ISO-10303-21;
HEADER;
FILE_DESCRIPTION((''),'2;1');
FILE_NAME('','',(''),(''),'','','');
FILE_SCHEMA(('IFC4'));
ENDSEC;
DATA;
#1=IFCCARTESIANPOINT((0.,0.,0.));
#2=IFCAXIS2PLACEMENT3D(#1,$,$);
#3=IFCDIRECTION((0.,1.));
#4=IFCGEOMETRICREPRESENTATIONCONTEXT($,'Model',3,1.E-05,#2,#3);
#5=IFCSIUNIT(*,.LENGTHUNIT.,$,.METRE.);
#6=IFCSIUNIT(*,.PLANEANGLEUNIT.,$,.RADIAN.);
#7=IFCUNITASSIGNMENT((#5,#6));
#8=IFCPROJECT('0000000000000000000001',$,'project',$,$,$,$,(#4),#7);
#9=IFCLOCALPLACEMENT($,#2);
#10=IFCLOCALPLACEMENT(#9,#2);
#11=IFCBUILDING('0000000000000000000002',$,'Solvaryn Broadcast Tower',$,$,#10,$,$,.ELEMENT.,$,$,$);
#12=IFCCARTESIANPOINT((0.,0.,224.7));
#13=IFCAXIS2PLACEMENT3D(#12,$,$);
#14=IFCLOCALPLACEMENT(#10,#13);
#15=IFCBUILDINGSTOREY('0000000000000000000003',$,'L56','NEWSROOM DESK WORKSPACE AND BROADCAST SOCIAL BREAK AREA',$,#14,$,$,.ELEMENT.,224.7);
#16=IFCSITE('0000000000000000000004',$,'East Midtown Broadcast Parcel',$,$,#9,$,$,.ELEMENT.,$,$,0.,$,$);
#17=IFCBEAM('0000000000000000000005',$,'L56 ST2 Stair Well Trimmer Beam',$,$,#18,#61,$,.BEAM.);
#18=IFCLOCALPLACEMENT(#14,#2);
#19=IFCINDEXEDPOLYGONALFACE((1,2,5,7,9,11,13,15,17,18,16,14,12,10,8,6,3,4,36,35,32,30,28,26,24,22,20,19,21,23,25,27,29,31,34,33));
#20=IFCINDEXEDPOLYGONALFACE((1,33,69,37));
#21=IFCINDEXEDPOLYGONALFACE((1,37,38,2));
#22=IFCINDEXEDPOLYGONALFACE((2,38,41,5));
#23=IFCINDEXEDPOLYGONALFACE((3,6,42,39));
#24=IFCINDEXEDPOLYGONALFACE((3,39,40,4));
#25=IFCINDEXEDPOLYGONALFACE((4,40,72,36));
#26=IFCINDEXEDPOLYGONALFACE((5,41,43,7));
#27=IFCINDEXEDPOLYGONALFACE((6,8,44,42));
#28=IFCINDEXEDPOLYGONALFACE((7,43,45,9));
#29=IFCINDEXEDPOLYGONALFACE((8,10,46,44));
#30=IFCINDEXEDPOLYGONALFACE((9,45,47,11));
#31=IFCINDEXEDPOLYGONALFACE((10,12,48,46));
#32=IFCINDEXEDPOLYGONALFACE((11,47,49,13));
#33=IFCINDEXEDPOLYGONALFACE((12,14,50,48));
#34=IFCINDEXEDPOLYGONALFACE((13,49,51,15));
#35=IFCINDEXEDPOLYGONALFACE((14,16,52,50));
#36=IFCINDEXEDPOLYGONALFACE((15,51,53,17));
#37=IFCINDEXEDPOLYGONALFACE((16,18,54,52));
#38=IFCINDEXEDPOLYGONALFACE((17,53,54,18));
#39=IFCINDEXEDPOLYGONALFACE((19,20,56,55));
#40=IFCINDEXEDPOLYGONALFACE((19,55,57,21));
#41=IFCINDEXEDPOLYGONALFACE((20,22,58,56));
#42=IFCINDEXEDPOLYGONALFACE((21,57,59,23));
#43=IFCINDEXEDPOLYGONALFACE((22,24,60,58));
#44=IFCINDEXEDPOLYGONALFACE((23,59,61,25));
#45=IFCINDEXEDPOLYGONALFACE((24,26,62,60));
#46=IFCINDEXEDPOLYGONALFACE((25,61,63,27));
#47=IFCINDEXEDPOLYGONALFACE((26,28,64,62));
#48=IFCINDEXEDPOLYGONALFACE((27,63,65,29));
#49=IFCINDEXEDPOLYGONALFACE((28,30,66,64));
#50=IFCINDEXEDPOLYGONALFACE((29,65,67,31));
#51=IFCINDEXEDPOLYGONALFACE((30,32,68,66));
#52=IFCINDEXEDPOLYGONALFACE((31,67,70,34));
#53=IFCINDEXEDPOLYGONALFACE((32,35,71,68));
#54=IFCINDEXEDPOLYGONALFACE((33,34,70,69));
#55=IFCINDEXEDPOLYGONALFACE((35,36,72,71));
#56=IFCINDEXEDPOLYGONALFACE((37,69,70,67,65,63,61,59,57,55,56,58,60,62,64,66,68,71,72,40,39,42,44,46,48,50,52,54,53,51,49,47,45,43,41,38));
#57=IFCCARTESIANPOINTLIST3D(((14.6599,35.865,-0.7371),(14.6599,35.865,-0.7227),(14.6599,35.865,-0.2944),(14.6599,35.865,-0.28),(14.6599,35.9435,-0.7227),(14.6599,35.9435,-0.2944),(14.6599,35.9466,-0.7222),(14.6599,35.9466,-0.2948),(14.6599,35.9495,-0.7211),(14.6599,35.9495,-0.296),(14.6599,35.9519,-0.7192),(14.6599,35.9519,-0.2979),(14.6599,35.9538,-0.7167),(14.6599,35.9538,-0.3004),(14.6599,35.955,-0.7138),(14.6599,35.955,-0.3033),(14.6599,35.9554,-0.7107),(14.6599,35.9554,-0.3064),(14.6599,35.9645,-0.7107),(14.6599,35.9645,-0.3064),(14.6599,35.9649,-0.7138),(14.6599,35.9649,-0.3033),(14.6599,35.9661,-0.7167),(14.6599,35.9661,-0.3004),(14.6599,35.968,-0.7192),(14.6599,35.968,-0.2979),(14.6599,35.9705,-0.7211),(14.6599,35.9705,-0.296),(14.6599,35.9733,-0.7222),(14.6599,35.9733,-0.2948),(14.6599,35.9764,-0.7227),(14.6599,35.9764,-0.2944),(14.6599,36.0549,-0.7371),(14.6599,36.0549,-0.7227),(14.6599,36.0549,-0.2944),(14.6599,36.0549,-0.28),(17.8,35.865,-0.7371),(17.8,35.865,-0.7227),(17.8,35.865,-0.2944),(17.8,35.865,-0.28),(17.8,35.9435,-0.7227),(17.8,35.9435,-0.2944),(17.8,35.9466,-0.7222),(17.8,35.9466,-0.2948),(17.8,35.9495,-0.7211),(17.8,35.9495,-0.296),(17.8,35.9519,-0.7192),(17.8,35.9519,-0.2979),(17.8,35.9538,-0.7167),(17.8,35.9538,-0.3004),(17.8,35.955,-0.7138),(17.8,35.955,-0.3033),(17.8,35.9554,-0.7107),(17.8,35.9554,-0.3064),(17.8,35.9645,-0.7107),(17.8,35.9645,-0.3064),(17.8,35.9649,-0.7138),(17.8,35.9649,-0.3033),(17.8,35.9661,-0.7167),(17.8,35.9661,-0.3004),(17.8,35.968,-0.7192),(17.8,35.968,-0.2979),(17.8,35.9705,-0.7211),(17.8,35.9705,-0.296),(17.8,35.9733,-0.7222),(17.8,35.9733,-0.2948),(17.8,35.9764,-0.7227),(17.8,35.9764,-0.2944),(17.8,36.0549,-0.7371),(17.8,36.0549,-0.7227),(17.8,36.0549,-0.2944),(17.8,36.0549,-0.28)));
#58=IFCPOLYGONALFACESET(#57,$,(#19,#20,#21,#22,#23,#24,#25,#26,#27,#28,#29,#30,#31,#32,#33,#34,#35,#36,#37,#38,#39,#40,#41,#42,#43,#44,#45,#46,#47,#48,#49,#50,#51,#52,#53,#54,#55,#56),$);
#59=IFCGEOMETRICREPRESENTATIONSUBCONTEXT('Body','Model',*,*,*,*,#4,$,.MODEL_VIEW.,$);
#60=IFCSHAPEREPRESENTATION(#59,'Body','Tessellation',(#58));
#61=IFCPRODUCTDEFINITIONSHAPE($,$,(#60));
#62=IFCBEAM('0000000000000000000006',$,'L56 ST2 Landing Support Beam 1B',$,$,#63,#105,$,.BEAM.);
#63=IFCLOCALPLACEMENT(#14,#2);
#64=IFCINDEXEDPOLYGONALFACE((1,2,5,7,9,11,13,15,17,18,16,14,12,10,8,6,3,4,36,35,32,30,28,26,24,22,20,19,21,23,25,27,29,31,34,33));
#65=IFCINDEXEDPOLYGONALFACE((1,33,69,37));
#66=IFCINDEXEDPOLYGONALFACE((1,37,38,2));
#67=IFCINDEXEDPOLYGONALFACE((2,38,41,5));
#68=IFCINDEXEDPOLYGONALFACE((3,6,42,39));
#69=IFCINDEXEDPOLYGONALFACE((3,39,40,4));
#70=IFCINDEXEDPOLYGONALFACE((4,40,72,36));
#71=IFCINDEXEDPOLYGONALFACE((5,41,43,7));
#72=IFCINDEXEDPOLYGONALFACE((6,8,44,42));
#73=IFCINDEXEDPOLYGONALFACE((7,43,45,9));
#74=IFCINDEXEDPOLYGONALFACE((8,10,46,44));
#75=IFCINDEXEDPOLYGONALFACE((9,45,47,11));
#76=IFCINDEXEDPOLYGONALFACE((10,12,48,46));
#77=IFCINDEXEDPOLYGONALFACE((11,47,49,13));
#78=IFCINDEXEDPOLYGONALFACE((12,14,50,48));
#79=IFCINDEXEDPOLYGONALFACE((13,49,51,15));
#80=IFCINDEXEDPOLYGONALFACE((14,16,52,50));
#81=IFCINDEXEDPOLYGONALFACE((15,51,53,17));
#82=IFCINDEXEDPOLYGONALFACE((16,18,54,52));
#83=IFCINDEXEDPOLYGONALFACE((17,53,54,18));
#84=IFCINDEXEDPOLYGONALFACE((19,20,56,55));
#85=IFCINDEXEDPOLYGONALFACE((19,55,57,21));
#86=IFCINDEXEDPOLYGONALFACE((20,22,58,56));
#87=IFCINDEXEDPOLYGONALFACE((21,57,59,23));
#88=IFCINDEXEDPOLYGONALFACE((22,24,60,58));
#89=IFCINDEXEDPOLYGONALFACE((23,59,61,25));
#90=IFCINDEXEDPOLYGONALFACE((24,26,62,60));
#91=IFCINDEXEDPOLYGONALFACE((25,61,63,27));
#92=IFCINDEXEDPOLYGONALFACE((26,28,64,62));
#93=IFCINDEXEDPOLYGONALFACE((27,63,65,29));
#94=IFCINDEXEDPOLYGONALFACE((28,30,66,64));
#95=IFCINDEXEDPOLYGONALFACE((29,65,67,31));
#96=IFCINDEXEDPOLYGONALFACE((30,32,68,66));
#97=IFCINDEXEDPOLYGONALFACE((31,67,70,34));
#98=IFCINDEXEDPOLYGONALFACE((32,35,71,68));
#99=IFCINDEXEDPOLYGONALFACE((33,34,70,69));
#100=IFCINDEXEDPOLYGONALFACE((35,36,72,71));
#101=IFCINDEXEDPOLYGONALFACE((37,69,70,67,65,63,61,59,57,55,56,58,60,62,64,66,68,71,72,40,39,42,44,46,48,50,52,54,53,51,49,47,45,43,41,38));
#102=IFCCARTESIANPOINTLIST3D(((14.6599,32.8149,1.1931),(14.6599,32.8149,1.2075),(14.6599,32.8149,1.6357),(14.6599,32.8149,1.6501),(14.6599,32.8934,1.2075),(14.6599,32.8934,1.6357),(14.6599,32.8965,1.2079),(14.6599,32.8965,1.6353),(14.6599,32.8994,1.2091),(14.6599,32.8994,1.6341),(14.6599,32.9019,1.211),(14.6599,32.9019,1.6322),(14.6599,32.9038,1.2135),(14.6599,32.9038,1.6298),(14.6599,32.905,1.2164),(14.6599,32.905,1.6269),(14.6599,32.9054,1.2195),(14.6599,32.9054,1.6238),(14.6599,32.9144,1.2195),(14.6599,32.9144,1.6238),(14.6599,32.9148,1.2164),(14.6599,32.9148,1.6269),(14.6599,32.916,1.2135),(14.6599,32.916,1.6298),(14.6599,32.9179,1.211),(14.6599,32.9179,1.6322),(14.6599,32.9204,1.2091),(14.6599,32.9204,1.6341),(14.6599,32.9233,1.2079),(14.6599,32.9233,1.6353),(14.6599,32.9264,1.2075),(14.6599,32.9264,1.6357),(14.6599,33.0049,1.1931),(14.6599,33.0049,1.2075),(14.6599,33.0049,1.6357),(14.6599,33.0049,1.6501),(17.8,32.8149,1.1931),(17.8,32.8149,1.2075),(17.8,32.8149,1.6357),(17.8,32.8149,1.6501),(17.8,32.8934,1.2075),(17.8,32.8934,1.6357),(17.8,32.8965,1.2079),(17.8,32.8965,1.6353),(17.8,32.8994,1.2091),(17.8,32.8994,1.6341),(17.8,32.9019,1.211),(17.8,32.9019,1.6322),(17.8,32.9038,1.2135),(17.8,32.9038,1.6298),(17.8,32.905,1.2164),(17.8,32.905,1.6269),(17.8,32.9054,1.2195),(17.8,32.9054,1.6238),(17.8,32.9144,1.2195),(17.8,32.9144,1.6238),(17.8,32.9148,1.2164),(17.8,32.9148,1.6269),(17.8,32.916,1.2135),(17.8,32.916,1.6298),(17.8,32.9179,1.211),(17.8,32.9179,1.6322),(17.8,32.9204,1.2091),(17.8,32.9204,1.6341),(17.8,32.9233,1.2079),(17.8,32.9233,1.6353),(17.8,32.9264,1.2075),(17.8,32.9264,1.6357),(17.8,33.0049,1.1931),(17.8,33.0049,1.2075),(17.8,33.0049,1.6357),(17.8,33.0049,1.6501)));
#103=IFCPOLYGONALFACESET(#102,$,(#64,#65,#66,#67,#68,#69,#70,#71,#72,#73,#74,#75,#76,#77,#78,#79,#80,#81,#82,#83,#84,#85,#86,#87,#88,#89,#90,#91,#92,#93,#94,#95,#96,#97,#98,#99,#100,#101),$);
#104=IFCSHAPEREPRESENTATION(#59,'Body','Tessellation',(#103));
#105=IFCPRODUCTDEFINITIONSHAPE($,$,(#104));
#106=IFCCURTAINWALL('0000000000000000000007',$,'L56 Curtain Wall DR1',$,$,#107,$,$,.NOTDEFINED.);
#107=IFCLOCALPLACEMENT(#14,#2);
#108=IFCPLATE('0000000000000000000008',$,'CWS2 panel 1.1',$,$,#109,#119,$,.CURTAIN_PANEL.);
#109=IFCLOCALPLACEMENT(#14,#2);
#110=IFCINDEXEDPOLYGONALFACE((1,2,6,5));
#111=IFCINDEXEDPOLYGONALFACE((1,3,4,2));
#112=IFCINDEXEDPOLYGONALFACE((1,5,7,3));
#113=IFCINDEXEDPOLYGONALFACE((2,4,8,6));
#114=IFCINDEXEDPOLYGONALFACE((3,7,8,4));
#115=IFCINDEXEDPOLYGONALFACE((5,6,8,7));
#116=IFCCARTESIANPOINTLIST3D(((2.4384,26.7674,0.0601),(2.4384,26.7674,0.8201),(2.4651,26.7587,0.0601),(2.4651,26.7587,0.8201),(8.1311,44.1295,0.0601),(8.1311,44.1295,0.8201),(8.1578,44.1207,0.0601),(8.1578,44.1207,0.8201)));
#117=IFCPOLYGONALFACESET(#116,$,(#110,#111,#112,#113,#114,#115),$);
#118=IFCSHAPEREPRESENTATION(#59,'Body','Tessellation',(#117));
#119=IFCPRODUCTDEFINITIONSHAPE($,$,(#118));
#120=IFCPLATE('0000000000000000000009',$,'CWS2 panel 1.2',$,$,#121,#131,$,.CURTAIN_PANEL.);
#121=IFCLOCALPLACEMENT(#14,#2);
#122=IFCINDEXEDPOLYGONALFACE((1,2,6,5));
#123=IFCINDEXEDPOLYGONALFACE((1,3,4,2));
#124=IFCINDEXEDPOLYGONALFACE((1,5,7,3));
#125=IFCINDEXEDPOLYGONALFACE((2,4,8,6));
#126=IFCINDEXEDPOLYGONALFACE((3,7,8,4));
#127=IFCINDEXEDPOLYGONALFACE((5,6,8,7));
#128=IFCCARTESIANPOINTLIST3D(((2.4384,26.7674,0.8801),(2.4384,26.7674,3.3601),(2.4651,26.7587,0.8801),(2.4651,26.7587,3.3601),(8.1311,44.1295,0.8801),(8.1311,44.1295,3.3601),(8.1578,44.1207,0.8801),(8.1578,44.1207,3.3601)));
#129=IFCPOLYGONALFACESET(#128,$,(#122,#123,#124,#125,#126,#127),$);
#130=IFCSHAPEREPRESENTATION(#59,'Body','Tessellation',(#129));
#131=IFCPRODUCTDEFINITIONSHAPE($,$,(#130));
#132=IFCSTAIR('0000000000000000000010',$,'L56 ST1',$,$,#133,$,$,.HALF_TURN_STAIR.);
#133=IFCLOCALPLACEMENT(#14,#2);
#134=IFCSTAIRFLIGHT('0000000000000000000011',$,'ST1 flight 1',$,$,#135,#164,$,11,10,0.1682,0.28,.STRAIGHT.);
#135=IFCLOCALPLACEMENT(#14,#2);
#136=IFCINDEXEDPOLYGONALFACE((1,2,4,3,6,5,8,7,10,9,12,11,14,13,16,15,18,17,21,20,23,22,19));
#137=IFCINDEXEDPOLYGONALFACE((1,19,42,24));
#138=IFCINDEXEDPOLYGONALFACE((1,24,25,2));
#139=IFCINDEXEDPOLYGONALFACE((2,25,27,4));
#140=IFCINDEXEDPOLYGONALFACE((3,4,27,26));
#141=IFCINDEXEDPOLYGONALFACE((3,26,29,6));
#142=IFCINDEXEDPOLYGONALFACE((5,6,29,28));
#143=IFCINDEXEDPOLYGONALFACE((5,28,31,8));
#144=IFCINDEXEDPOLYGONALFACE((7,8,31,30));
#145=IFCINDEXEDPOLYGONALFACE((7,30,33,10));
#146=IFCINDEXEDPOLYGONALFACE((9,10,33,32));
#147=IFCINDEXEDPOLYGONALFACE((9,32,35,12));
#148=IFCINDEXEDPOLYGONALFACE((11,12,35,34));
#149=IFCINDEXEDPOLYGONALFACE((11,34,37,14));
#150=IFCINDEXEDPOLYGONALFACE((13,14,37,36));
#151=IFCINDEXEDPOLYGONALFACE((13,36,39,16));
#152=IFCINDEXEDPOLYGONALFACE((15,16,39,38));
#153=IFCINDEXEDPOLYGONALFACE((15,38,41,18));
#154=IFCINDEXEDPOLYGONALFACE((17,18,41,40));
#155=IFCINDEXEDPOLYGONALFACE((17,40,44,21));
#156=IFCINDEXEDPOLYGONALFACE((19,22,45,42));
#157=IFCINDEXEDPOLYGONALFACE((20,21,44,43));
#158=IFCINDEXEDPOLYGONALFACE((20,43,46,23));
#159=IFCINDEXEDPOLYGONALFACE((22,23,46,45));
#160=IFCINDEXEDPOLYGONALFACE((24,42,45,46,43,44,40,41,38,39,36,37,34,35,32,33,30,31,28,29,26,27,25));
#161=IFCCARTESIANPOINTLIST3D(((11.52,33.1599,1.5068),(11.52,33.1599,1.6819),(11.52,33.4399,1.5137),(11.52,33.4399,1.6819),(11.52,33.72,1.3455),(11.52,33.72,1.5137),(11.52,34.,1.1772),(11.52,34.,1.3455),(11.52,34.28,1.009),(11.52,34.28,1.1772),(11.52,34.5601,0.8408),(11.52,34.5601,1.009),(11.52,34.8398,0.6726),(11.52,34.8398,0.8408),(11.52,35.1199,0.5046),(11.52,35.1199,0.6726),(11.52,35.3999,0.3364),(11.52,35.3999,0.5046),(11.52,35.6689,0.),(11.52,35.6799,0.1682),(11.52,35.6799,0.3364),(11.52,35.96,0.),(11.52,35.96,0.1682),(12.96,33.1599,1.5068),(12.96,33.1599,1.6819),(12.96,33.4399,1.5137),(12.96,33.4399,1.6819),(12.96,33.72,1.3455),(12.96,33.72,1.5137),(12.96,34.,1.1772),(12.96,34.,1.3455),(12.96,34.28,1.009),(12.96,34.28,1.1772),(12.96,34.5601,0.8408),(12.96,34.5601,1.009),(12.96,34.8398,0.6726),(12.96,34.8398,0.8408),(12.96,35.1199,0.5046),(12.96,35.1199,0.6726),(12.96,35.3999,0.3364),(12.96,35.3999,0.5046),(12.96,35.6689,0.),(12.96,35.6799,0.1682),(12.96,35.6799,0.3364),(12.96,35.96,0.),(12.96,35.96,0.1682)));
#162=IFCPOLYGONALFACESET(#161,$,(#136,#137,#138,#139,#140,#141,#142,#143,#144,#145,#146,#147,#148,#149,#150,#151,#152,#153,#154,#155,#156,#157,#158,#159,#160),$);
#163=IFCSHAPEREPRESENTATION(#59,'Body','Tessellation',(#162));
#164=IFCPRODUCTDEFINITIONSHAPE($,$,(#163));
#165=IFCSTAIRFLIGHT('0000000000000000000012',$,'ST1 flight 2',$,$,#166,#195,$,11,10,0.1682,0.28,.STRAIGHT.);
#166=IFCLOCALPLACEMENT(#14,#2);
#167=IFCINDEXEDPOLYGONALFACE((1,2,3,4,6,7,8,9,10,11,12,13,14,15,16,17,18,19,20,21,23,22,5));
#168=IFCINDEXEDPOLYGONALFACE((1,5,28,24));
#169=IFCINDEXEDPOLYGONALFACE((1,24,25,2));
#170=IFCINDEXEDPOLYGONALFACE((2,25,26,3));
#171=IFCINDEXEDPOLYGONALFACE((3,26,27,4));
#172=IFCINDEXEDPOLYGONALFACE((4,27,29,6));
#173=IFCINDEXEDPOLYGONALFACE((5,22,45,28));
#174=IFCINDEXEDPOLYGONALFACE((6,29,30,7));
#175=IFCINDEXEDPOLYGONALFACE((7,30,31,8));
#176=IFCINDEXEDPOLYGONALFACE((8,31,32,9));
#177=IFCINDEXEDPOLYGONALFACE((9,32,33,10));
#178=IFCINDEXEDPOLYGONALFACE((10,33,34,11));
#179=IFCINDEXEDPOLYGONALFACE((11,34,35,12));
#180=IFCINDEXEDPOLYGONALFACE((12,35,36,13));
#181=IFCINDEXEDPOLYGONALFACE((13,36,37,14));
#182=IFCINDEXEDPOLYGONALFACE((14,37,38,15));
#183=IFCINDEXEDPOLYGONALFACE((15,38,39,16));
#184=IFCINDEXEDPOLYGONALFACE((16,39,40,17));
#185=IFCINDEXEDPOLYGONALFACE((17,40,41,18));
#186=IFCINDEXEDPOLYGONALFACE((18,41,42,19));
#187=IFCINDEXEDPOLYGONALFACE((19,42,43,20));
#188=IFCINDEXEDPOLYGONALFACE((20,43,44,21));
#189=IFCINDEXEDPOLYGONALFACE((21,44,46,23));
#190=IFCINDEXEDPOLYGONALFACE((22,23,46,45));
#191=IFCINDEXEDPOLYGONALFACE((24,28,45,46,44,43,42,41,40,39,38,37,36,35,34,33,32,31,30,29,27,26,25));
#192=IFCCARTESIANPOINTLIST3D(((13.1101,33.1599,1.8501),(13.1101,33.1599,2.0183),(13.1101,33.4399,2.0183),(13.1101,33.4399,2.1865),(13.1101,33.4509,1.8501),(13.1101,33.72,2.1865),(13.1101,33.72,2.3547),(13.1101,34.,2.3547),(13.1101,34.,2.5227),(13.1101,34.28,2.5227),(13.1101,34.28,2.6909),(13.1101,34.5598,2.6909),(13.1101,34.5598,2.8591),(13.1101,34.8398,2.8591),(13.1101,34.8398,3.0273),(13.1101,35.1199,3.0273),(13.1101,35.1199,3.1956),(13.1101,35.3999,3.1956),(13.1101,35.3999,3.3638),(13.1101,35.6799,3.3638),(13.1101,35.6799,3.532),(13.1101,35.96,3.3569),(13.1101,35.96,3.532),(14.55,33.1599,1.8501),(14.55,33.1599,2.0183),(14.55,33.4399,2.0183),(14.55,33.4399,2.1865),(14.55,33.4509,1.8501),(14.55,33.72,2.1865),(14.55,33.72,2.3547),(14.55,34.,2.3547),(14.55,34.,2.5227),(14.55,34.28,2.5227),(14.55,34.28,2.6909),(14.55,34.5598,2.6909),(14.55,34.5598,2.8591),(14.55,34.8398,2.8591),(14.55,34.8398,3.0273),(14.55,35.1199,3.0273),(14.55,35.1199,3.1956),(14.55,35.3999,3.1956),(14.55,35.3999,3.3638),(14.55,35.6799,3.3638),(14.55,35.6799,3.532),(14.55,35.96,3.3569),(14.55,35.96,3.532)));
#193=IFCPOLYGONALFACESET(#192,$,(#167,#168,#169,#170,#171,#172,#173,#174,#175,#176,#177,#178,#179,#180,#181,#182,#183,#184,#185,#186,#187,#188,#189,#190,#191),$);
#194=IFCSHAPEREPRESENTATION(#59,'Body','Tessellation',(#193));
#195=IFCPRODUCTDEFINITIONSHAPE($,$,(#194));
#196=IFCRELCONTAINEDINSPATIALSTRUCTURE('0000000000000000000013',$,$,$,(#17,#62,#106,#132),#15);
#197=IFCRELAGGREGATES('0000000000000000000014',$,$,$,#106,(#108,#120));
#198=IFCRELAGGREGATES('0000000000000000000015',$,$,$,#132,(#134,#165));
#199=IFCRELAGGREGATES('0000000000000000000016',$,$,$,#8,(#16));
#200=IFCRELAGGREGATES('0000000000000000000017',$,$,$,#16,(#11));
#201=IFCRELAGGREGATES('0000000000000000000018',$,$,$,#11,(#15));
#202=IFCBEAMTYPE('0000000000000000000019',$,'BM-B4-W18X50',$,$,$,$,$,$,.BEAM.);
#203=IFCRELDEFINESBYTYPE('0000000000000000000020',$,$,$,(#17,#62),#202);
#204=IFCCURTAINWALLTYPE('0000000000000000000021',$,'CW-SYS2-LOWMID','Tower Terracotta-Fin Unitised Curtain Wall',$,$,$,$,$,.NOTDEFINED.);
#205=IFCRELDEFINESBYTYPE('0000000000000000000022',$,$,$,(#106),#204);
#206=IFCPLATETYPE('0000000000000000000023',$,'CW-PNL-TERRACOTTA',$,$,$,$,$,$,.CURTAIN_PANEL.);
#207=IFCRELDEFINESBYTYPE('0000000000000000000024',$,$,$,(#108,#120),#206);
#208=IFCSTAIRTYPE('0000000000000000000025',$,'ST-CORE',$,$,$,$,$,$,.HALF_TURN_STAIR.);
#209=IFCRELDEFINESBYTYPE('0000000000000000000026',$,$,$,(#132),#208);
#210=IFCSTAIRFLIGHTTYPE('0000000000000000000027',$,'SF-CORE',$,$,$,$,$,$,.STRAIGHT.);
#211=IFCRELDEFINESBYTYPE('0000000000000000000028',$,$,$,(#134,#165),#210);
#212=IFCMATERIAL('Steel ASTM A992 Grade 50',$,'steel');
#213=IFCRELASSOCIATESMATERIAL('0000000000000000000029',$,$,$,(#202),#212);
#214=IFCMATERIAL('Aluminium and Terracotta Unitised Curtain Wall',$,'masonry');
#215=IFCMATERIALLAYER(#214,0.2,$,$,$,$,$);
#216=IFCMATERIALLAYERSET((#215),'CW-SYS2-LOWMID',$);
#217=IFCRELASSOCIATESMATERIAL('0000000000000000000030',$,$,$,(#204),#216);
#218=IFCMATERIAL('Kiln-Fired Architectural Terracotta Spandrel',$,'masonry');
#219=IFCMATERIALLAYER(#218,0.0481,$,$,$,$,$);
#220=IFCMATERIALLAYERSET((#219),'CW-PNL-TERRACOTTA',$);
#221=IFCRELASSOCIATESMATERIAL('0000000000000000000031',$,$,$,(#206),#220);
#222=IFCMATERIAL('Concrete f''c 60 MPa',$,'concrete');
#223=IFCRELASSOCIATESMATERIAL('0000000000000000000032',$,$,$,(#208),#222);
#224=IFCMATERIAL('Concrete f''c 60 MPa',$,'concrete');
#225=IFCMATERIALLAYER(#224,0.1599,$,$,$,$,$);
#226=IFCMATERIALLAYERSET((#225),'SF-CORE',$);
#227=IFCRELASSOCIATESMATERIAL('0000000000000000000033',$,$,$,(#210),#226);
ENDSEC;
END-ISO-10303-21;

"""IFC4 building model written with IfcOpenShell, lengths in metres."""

from ifc_helpers import new_model, si_unit, direction, frame, origin, origin_2d, place, context, subcontext, project, spatial, polyline, rectangle, i_section, outline, extrude, material, layer, layer_set, material_profile, profile_set, type_object, element, aggregate, save


model = new_model("IFC4")

# Units and contexts
model_context = context("Model", 3, precision=1e-05, world=origin(), true_north=direction((0.0, 1.0)))
body_context = subcontext(model_context, "Body", "Model", "MODEL_VIEW")
ifc_project = project(units=[si_unit("LENGTHUNIT", "METRE"), si_unit("PLANEANGLEUNIT", "RADIAN")], contexts=[model_context])

# Site, building, storey
site_placement = place(None, origin())
site = spatial("IfcSite", under=ifc_project, at=site_placement, Name="East Midtown Broadcast Parcel", CompositionType="ELEMENT", RefElevation=0.0)
building_placement = place(site_placement, origin())
building = spatial("IfcBuilding", under=site, at=building_placement, Name="Solvaryn Broadcast Tower", CompositionType="ELEMENT")
storey_placement = place(building_placement, frame((0.0, 0.0, 224.7)))
storey = spatial("IfcBuildingStorey", under=building, at=storey_placement, Name="L56", Description="NEWSROOM DESK WORKSPACE AND BROADCAST SOCIAL BREAK AREA", CompositionType="ELEMENT", Elevation=224.7)

# Beams
ifc_material_1 = material(Name="Steel ASTM A992 Grade 50", Category="steel")
ifc_material_profile_1 = material_profile(ifc_material_1, i_section(OverallWidth=0.1899, OverallDepth=0.457, WebThickness=0.009, FlangeThickness=0.0144, FilletRadius=0.012, at=origin_2d()))
ifc_profile_set_1 = profile_set([ifc_material_profile_1], Name="Steel ASTM A992 Grade 50")
beam_type_1 = type_object("IfcBeamType", Name="BM-B4-W18X50", PredefinedType="BEAM", material=ifc_profile_set_1)
for number, where, z_axis, x_axis, name in (
    (1, (14.6599, 35.96, -0.5085), (1.0, 0.0, 0.0), (0.0, 1.0, 0.0), "L56 ST2 Stair Well Trimmer Beam"),
    (2, (14.6599, 32.9099, 1.4216), (1.0, 0.0, 0.0), (0.0, 1.0, 0.0), "L56 ST2 Landing Support Beam 1B"),
):
    element("IfcBeam", number, at=place(storey_placement, frame(where, z_axis=z_axis, x_axis=x_axis)), inside=storey, type_object=beam_type_1, Name=name, PredefinedType="BEAM", context=body_context, shape_type="SweptSolid", body=[
        extrude(i_section(OverallWidth=0.1899, OverallDepth=0.457, WebThickness=0.009, FlangeThickness=0.0144, FilletRadius=0.012, at=origin_2d()), origin(), (0.0, 0.0, 1.0), 3.1401),
    ])

# Curtain wall, plates
ifc_material_2 = material(Name="Aluminium and Terracotta Unitised Curtain Wall", Category="masonry")
ifc_layer_1 = layer(ifc_material_2, 0.2)
ifc_layer_set_1 = layer_set([ifc_layer_1], Name="CW-SYS2-LOWMID")
curtain_wall_type = type_object("IfcCurtainWallType", Name="CW-SYS2-LOWMID", Description="Tower Terracotta-Fin Unitised Curtain Wall", PredefinedType="NOTDEFINED", material=ifc_layer_set_1)
curtain_wall_placement = place(storey_placement, origin())
curtain_wall = element("IfcCurtainWall", 3, at=curtain_wall_placement, inside=storey, type_object=curtain_wall_type, Name="L56 Curtain Wall DR1", PredefinedType="NOTDEFINED")
ifc_material_3 = material(Name="Kiln-Fired Architectural Terracotta Spandrel", Category="masonry")
ifc_layer_2 = layer(ifc_material_3, 0.0481)
ifc_layer_set_2 = layer_set([ifc_layer_2], Name="CW-PNL-TERRACOTTA")
plate_type = type_object("IfcPlateType", Name="CW-PNL-TERRACOTTA", PredefinedType="CURTAIN_PANEL", material=ifc_layer_set_2)
plate_1_placement = place(storey_placement, frame((5.2981, 35.4441, 0.0601), z_axis=(0.0, 0.0, 1.0), x_axis=(-0.311559, -0.950227, 0.0)))
plate_1 = element("IfcPlate", 4, at=plate_1_placement, type_object=plate_type, Name="CWS2 panel 1.1", PredefinedType="CURTAIN_PANEL", context=body_context, shape_type="SweptSolid", body=[
    extrude(rectangle(XDim=18.2715, YDim=0.0281, at=origin_2d()), origin(), (0.0, 0.0, 1.0), 0.76),
])
plate_2_placement = place(storey_placement, frame((5.2981, 35.4441, 0.8801), z_axis=(0.0, 0.0, 1.0), x_axis=(-0.311559, -0.950227, 0.0)))
plate_2 = element("IfcPlate", 5, at=plate_2_placement, type_object=plate_type, Name="CWS2 panel 1.2", PredefinedType="CURTAIN_PANEL", context=body_context, shape_type="SweptSolid", body=[
    extrude(rectangle(XDim=18.2715, YDim=0.0281, at=origin_2d()), origin(), (0.0, 0.0, 1.0), 2.48),
])
aggregate(curtain_wall, [plate_1, plate_2])

# Stair, stair flights
ifc_material_4 = material(Name="Concrete f'c 60 MPa", Category="concrete")
stair_type = type_object("IfcStairType", Name="ST-CORE", PredefinedType="HALF_TURN_STAIR", material=ifc_material_4)
stair_1_placement = place(storey_placement, origin())
stair_1 = element("IfcStair", 6, at=stair_1_placement, inside=storey, type_object=stair_type, Name="L56 ST1", PredefinedType="HALF_TURN_STAIR")
ifc_material_5 = material(Name="Concrete f'c 60 MPa", Category="concrete")
ifc_layer_3 = layer(ifc_material_5, 0.1599)
ifc_layer_set_3 = layer_set([ifc_layer_3], Name="SF-CORE")
stair_flight_type = type_object("IfcStairFlightType", Name="SF-CORE", PredefinedType="STRAIGHT", material=ifc_layer_set_3)
stair_flight_1_placement = place(storey_placement, frame((12.24, 35.96, 0.0), z_axis=(0.0, 0.0, 1.0), x_axis=(0.0, -1.0, 0.0)))
stair_flight_1 = element("IfcStairFlight", 7, at=stair_flight_1_placement, type_object=stair_flight_type, Name="ST1 flight 1", NumberOfRisers=11, NumberOfTreads=10, PredefinedType="STRAIGHT", RiserHeight=0.1682, TreadLength=0.28, context=body_context, shape_type="SweptSolid", body=[
    extrude(outline(polyline([(0.0, 0.0), (0.0, 0.1682), (0.28, 0.1682), (0.28, 0.3364), (0.5601, 0.3364), (0.5601, 0.5046), (0.8401, 0.5046), (0.8401, 0.6726), (1.1201, 0.6726), (1.1201, 0.8408), (1.3999, 0.8408), (1.3999, 1.009), (1.6799, 1.009), (1.6799, 1.1772), (1.96, 1.1772), (1.96, 1.3455), (2.24, 1.3455), (2.24, 1.5137), (2.52, 1.5137), (2.52, 1.6819), (2.8, 1.6819), (2.8, 1.8501), (2.8, 1.5068), (0.291, 0.0), (0.0, 0.0)])), frame((0.0, 0.72, 0.0), z_axis=(0.0, -1.0, 0.0), x_axis=(1.0, 0.0, 0.0)), (0.0, 0.0, 1.0), 1.4399),
])
stair_flight_2_placement = place(storey_placement, frame((13.8301, 33.1599, 1.8501), z_axis=(0.0, 0.0, 1.0), x_axis=(0.0, 1.0, 0.0)))
stair_flight_2 = element("IfcStairFlight", 8, at=stair_flight_2_placement, type_object=stair_flight_type, Name="ST1 flight 2", NumberOfRisers=11, NumberOfTreads=10, PredefinedType="STRAIGHT", RiserHeight=0.1682, TreadLength=0.28, context=body_context, shape_type="SweptSolid", body=[
    extrude(outline(polyline([(0.0, 0.0), (0.0, 0.1682), (0.28, 0.1682), (0.28, 0.3364), (0.5601, 0.3364), (0.5601, 0.5046), (0.8401, 0.5046), (0.8401, 0.6726), (1.1201, 0.6726), (1.1201, 0.8408), (1.3999, 0.8408), (1.3999, 1.009), (1.6799, 1.009), (1.6799, 1.1772), (1.96, 1.1772), (1.96, 1.3455), (2.24, 1.3455), (2.24, 1.5137), (2.52, 1.5137), (2.52, 1.6819), (2.8, 1.6819), (2.8, 1.8501), (2.8, 1.5068), (0.291, 0.0), (0.0, 0.0)])), frame((0.0, 0.72, 0.0), z_axis=(0.0, -1.0, 0.0), x_axis=(1.0, 0.0, 0.0)), (0.0, 0.0, 1.0), 1.4399),
])
aggregate(stair_1, [stair_flight_1, stair_flight_2])

save(model, "model.ifc")
